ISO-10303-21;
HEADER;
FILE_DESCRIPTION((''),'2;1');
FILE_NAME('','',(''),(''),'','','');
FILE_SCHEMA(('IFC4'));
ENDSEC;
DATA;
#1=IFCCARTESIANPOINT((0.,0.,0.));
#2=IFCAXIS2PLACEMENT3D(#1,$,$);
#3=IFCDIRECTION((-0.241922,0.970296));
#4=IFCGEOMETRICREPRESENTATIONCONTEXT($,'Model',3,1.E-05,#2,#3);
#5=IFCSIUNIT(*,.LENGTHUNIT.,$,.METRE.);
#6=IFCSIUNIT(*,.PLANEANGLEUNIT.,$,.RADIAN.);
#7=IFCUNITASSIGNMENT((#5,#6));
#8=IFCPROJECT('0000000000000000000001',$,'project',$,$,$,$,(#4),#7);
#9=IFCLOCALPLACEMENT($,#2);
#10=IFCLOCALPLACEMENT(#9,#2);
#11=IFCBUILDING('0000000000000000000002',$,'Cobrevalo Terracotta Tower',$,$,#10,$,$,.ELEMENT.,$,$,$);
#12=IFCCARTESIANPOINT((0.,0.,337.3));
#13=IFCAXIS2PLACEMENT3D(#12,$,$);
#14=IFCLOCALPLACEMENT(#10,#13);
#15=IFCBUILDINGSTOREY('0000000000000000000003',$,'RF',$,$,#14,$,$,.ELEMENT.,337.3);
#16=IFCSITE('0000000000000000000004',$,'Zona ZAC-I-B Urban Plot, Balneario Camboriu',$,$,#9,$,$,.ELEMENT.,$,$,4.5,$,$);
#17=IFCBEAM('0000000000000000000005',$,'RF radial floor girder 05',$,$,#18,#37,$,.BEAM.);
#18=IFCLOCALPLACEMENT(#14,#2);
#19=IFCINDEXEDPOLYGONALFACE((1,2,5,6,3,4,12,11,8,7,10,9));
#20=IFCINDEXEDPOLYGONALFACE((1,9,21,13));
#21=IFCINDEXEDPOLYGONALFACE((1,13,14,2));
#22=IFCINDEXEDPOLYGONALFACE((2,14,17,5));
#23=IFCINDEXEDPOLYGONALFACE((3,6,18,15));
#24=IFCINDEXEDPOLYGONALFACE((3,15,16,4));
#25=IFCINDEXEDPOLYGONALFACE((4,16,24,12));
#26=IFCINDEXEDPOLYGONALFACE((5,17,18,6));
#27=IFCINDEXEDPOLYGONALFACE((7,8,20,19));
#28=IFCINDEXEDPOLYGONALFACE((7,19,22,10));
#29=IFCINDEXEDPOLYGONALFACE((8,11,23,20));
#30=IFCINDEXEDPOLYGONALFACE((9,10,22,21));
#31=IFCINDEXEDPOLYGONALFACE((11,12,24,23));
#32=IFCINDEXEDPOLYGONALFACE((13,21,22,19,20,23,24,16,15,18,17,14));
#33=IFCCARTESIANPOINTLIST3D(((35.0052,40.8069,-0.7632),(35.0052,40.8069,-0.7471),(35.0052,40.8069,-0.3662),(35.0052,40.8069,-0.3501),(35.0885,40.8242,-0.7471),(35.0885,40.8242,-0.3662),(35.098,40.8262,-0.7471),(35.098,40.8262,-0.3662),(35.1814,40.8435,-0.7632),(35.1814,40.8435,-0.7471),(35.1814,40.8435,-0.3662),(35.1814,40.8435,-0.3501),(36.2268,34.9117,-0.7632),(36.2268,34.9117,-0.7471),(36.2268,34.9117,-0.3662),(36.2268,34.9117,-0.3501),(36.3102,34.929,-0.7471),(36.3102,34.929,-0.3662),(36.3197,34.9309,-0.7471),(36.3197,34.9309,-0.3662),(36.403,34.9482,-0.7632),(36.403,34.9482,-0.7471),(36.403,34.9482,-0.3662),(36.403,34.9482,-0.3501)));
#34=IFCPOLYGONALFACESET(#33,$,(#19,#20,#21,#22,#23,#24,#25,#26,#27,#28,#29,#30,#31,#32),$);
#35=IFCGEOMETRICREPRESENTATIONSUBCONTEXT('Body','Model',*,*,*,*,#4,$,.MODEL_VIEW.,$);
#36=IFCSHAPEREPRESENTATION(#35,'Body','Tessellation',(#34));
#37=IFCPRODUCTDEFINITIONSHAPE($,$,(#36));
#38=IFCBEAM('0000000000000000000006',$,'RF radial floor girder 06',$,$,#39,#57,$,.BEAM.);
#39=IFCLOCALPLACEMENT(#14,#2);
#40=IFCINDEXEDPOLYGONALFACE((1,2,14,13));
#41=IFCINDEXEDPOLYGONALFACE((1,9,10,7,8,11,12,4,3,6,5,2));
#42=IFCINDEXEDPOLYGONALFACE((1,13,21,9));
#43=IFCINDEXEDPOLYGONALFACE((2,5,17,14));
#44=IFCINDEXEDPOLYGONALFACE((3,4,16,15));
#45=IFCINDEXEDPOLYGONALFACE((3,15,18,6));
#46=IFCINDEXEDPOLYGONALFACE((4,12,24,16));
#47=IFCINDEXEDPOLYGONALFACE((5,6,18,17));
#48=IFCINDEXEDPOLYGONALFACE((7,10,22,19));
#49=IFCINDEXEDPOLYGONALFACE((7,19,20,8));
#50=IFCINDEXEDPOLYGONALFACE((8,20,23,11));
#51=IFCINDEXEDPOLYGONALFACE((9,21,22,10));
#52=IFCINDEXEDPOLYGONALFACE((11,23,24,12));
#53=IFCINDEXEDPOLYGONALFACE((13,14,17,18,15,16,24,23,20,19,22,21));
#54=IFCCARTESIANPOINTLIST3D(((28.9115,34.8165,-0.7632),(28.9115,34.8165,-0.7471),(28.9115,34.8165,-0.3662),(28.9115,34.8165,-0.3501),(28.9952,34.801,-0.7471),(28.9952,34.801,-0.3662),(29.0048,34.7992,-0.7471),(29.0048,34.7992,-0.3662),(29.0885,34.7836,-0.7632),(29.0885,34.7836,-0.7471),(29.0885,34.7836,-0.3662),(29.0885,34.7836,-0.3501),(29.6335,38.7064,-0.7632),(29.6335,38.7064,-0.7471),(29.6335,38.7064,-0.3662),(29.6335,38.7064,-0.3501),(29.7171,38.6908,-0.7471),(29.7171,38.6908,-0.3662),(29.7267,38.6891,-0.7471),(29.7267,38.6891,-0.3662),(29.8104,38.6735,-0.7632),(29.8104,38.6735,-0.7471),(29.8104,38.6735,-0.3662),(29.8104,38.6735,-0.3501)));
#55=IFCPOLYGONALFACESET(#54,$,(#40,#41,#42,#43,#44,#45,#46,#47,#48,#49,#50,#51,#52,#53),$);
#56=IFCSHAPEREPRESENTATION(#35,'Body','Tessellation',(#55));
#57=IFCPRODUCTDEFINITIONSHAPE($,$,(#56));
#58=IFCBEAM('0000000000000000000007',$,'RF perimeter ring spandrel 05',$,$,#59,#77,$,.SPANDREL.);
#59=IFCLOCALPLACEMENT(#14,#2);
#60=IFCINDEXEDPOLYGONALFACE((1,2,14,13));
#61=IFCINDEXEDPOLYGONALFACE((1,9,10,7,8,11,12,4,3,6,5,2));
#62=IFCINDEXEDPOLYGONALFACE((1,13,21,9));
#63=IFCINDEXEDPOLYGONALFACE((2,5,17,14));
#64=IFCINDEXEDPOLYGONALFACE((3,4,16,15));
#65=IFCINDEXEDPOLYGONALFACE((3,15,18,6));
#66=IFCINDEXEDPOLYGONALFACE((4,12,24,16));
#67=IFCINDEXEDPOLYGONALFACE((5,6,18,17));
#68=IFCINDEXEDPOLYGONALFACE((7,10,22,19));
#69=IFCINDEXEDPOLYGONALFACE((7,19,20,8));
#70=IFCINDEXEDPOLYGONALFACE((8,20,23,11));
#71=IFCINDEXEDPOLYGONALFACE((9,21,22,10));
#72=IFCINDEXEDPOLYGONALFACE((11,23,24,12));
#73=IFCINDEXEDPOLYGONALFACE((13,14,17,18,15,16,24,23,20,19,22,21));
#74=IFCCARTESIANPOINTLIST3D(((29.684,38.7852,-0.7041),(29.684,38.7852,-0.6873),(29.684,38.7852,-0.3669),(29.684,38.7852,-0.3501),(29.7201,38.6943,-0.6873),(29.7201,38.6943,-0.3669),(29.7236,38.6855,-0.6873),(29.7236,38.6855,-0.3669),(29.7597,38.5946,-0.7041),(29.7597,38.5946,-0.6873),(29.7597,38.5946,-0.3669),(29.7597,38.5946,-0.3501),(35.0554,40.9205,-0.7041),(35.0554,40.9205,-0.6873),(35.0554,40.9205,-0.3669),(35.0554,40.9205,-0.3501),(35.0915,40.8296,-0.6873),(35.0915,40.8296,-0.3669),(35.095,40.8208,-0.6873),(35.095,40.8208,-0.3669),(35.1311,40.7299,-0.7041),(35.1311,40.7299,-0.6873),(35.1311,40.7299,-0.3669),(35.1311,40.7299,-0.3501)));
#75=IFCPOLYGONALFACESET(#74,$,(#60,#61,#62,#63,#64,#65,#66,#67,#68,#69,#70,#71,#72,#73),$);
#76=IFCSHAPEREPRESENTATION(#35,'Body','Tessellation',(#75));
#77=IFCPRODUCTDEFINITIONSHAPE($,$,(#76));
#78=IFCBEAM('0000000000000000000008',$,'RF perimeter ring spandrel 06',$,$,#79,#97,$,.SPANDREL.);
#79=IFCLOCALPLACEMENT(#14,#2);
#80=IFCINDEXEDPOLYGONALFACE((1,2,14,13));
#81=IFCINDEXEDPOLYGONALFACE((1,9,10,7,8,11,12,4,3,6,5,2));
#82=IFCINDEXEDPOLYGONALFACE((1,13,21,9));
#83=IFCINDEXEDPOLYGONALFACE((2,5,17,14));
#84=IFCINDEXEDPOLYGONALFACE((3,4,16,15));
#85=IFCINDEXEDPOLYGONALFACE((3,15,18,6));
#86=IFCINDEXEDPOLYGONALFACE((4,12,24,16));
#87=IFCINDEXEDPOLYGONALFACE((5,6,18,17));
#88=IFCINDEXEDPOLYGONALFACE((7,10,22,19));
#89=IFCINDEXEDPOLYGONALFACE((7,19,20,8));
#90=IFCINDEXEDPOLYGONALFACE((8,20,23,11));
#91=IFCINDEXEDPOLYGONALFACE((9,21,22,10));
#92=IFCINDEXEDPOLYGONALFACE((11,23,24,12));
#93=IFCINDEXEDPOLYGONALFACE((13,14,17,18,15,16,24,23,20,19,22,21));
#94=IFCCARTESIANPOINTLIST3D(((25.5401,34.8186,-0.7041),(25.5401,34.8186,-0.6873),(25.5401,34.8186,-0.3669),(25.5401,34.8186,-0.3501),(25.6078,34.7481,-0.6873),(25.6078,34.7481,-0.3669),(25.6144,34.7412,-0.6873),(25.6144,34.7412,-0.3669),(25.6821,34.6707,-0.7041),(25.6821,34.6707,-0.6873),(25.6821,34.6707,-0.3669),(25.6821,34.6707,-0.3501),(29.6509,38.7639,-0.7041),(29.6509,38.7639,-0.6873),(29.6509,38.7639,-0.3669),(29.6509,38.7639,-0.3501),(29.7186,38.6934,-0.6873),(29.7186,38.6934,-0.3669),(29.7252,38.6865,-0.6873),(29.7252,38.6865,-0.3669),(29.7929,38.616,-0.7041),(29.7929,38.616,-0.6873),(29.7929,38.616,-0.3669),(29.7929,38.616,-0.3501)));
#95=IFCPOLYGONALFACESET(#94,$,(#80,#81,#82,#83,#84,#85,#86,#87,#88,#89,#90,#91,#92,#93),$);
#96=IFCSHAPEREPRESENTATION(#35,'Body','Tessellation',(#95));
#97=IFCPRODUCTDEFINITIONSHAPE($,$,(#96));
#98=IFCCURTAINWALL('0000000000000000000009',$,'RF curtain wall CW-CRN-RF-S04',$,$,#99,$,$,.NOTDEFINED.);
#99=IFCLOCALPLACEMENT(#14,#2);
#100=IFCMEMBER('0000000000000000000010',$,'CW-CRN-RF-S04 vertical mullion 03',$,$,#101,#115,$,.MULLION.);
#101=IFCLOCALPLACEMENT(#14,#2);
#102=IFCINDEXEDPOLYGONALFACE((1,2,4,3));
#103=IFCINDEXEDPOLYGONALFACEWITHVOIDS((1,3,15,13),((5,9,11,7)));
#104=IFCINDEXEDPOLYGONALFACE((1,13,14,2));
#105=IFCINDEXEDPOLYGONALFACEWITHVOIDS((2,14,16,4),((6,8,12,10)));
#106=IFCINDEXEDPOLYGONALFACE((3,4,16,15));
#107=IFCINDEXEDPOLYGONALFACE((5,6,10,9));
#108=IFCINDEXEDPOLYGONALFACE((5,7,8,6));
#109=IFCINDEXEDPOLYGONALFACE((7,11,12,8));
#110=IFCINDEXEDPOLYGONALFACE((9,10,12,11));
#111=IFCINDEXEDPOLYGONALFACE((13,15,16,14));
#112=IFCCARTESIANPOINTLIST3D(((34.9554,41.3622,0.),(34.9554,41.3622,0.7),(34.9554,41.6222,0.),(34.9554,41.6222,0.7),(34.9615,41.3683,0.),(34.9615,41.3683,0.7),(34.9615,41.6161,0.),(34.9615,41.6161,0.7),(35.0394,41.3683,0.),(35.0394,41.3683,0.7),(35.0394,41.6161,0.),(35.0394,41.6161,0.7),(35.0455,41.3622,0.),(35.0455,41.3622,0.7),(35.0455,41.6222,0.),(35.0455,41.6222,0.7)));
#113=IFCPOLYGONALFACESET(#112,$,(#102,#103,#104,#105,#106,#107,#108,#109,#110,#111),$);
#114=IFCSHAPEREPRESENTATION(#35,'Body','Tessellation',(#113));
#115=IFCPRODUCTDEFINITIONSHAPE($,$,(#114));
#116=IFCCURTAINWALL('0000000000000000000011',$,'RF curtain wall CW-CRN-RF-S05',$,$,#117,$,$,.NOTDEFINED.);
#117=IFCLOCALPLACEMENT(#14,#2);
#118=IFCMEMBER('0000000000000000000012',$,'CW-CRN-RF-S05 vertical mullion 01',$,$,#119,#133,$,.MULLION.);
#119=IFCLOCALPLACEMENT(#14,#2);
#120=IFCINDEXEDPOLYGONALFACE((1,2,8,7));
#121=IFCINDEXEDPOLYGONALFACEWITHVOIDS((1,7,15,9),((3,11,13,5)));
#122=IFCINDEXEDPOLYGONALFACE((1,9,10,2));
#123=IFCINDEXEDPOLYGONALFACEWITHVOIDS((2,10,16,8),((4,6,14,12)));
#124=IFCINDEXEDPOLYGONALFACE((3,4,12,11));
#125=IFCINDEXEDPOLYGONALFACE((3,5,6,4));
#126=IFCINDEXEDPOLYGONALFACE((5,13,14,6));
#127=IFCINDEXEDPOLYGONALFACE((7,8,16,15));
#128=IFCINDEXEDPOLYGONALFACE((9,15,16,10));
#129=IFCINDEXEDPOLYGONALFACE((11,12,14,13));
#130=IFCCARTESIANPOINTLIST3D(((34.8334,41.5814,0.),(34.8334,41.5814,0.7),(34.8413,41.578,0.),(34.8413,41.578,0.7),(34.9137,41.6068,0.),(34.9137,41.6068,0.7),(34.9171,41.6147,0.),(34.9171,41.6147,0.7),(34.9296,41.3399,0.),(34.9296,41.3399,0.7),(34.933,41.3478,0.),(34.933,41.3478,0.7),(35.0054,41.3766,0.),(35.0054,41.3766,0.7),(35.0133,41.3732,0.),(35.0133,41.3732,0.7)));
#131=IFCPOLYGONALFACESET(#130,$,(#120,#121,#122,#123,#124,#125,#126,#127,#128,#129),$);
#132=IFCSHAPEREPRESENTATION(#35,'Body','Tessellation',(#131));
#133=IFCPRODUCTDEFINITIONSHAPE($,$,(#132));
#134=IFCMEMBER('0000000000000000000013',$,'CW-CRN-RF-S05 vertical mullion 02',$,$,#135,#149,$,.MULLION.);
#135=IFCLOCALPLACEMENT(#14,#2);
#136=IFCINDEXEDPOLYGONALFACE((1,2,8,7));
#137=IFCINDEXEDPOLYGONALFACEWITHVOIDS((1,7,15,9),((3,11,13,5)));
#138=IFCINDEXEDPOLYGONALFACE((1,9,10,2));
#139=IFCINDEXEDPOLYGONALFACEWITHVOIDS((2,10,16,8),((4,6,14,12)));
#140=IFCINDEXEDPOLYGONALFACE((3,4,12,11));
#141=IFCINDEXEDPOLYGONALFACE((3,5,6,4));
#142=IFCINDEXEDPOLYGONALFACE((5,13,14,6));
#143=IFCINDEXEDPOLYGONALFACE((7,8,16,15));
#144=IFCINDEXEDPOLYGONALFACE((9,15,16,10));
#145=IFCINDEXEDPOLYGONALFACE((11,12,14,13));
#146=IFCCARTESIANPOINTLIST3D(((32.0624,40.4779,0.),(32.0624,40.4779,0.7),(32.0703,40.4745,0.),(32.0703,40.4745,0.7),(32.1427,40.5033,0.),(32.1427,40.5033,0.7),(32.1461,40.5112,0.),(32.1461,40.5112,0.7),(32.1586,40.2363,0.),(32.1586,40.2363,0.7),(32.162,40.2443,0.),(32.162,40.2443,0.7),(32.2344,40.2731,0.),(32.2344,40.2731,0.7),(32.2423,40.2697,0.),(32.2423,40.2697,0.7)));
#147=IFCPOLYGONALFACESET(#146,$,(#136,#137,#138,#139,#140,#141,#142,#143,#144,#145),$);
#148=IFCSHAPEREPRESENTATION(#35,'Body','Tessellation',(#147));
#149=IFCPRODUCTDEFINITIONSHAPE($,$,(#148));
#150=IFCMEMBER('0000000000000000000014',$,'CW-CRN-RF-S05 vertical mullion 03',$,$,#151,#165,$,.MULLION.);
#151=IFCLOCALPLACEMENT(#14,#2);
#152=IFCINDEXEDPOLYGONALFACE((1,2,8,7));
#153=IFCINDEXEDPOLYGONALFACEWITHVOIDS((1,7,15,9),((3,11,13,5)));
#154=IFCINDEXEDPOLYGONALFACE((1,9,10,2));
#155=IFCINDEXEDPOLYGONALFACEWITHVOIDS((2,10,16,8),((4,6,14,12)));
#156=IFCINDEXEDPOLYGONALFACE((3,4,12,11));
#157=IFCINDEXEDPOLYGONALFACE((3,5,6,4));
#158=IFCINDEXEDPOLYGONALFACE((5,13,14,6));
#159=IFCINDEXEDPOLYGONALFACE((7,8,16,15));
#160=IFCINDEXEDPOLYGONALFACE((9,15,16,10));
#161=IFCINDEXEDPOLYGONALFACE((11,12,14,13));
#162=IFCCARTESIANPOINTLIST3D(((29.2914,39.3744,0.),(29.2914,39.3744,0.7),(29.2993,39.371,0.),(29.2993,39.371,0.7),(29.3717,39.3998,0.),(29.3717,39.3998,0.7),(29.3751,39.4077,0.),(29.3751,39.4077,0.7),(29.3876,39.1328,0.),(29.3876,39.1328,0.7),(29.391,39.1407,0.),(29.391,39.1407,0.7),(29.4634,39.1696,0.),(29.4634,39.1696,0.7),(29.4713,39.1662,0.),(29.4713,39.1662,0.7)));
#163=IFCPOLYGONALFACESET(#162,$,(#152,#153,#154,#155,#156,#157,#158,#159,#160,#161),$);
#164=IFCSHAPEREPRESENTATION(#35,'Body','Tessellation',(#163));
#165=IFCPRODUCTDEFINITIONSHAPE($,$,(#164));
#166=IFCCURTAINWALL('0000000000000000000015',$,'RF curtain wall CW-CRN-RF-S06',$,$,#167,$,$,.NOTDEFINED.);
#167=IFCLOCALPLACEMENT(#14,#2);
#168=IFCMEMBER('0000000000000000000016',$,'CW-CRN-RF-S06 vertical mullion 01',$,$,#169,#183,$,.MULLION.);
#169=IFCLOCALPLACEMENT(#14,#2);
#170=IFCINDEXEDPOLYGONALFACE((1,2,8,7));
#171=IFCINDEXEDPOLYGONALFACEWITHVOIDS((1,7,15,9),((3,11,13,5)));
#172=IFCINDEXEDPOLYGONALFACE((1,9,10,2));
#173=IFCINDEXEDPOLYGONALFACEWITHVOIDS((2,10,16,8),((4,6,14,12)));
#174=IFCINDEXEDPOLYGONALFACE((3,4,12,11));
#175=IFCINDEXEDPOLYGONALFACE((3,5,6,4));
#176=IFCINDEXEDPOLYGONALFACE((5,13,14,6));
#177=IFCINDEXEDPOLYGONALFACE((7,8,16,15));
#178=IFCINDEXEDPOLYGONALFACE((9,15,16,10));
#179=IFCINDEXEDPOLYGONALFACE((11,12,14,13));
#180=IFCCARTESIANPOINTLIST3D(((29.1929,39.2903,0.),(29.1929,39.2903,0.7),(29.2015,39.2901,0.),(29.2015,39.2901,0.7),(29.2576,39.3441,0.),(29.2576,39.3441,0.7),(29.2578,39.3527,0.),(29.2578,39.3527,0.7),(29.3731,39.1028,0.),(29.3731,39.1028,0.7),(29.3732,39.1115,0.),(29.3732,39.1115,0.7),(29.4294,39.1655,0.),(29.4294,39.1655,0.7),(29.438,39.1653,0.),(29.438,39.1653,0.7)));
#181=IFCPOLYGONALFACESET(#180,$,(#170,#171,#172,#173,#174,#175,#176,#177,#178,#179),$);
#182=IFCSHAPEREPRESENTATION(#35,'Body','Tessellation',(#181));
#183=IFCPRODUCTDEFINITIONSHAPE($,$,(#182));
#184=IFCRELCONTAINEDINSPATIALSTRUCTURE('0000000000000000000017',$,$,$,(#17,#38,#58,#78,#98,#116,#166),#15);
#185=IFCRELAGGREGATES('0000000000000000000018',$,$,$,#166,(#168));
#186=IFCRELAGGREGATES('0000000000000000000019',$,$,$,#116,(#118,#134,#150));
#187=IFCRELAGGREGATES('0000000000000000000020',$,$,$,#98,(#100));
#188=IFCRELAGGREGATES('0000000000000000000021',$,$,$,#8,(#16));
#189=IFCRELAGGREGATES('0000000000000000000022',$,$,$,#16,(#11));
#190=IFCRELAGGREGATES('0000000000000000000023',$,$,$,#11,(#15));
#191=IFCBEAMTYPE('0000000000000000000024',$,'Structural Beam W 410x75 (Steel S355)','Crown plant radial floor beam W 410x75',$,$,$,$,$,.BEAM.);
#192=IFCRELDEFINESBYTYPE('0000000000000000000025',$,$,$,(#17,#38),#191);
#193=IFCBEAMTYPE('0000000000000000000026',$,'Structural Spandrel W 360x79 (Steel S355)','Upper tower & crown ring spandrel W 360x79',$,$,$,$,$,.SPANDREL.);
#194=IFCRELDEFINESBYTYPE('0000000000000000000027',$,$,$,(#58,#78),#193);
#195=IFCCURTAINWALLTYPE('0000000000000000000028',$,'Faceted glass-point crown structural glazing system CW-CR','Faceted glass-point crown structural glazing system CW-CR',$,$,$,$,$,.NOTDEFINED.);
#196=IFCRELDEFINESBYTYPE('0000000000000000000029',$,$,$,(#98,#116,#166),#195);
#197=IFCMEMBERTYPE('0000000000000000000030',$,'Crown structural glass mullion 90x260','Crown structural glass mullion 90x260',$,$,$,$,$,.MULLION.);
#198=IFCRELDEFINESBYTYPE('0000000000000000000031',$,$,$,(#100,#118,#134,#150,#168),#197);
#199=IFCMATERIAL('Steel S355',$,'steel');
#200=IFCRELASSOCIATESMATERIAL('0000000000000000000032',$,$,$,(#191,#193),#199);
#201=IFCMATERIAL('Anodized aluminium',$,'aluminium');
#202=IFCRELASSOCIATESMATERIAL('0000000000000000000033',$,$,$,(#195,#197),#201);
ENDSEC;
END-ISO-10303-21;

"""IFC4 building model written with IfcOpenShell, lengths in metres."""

from ifc_helpers import new_model, si_unit, direction, frame, origin, origin_2d, place, context, subcontext, project, spatial, hollow_rectangle, i_section, extrude, source, transform, mapped, material, material_profile, profile_set, type_object, element, aggregate, save


model = new_model("IFC4")

# Units and contexts
model_context = context("Model", 3, precision=1e-05, world=origin(), true_north=direction((-0.241922, 0.970296)))
body_context = subcontext(model_context, "Body", "Model", "MODEL_VIEW")
ifc_project = project(units=[si_unit("LENGTHUNIT", "METRE"), si_unit("PLANEANGLEUNIT", "RADIAN")], contexts=[model_context])

# Site, building, storey
site_placement = place(None, origin())
site = spatial("IfcSite", under=ifc_project, at=site_placement, Name="Zona ZAC-I-B Urban Plot, Balneario Camboriu", CompositionType="ELEMENT", RefElevation=4.5)
building_placement = place(site_placement, origin())
building = spatial("IfcBuilding", under=site, at=building_placement, Name="Cobrevalo Terracotta Tower", CompositionType="ELEMENT")
storey_placement = place(building_placement, frame((0.0, 0.0, 337.3)))
storey = spatial("IfcBuildingStorey", under=building, at=storey_placement, Name="RF", CompositionType="ELEMENT", Elevation=337.3)

# Beams
ifc_material_1 = material(Name="Steel S355", Category="steel")
ifc_material_profile_1 = material_profile(ifc_material_1, i_section(OverallWidth=0.1799, OverallDepth=0.4131, WebThickness=0.0098, FlangeThickness=0.0161, at=origin_2d()), Name="W 410x75")
ifc_profile_set_1 = profile_set([ifc_material_profile_1], Name="Steel S355")
beam_type_1 = type_object("IfcBeamType", Name="Structural Beam W 410x75 (Steel S355)", Description="Crown plant radial floor beam W 410x75", PredefinedType="BEAM", material=ifc_profile_set_1)
beam_1_placement = place(storey_placement, frame((35.0933, 40.8252, -0.5566), z_axis=(0.202919, -0.979195, 0.0), x_axis=(0.979195, 0.202919, 0.0)))
element("IfcBeam", 1, at=beam_1_placement, inside=storey, type_object=beam_type_1, Name="RF radial floor girder 05", PredefinedType="BEAM", context=body_context, shape_type="SweptSolid", body=[
    extrude(i_section(OverallWidth=0.1799, OverallDepth=0.4131, WebThickness=0.0098, FlangeThickness=0.0161, at=origin_2d()), origin(), (0.0, 0.0, 1.0), 6.0205),
])
beam_2_placement = place(storey_placement, frame((29.7219, 38.6899, -0.5566), z_axis=(-0.182474, -0.983211, 0.0), x_axis=(0.983211, -0.182474, 0.0)))
element("IfcBeam", 2, at=beam_2_placement, inside=storey, type_object=beam_type_1, Name="RF radial floor girder 06", PredefinedType="BEAM", context=body_context, shape_type="SweptSolid", body=[
    extrude(i_section(OverallWidth=0.1799, OverallDepth=0.4131, WebThickness=0.0098, FlangeThickness=0.0161, at=origin_2d()), origin(), (0.0, 0.0, 1.0), 3.9563),
])
ifc_material_profile_2 = material_profile(ifc_material_1, i_section(OverallWidth=0.2051, OverallDepth=0.354, WebThickness=0.0095, FlangeThickness=0.0168, at=origin_2d()), Name="W 360x79")
ifc_profile_set_2 = profile_set([ifc_material_profile_2], Name="Steel S355")
beam_type_2 = type_object("IfcBeamType", Name="Structural Spandrel W 360x79 (Steel S355)", Description="Upper tower & crown ring spandrel W 360x79", PredefinedType="SPANDREL", material=ifc_profile_set_2)
beam_3_placement = place(storey_placement, frame((35.0933, 40.8252, -0.5271), z_axis=(-0.929267, -0.369409, 0.0), x_axis=(0.369409, -0.929267, 0.0)))
element("IfcBeam", 3, at=beam_3_placement, inside=storey, type_object=beam_type_2, Name="RF perimeter ring spandrel 05", PredefinedType="SPANDREL", context=body_context, shape_type="SweptSolid", body=[
    extrude(i_section(OverallWidth=0.2051, OverallDepth=0.354, WebThickness=0.0095, FlangeThickness=0.0168, at=origin_2d()), origin(), (0.0, 0.0, 1.0), 5.7803),
])
beam_4_placement = place(storey_placement, frame((29.7219, 38.6899, -0.5271), z_axis=(-0.721483, -0.692432, 0.0), x_axis=(0.692432, -0.721483, 0.0)))
element("IfcBeam", 4, at=beam_4_placement, inside=storey, type_object=beam_type_2, Name="RF perimeter ring spandrel 06", PredefinedType="SPANDREL", context=body_context, shape_type="SweptSolid", body=[
    extrude(i_section(OverallWidth=0.2051, OverallDepth=0.354, WebThickness=0.0095, FlangeThickness=0.0168, at=origin_2d()), origin(), (0.0, 0.0, 1.0), 5.6978),
])

# Curtain wall, member
ifc_material_2 = material(Name="Anodized aluminium", Category="aluminium")
curtain_wall_type = type_object("IfcCurtainWallType", Name="Faceted glass-point crown structural glazing system CW-CR", Description="Faceted glass-point crown structural glazing system CW-CR", PredefinedType="NOTDEFINED", material=ifc_material_2)
curtain_wall_1_placement = place(storey_placement, origin())
curtain_wall_1 = element("IfcCurtainWall", 5, at=curtain_wall_1_placement, inside=storey, type_object=curtain_wall_type, Name="RF curtain wall CW-CRN-RF-S04", PredefinedType="NOTDEFINED")
ifc_material_profile_3 = material_profile(ifc_material_2, hollow_rectangle(XDim=0.0901, YDim=0.26, WallThickness=0.0061, at=origin_2d()), Name="CWM 90x260")
ifc_profile_set_3 = profile_set([ifc_material_profile_3], Name="Anodized aluminium")
member_type_1 = type_object("IfcMemberType", Name="Crown structural glass mullion 90x260", Description="Crown structural glass mullion 90x260", PredefinedType="MULLION", material=ifc_profile_set_3)
shared_shape_1 = source(origin(), body_context, "Body", "SweptSolid", [
    extrude(hollow_rectangle(XDim=0.0901, YDim=0.26, WallThickness=0.0061, at=origin_2d()), origin(), (0.0, 0.0, 1.0), 0.7),
])
member_1_placement = place(storey_placement, frame((35.0005, 41.4922, 0.0), z_axis=(0.0, 0.0, 1.0), x_axis=(-1.0, 0.0, 0.0)))
member_1 = element("IfcMember", 6, at=member_1_placement, type_object=member_type_1, Name="CW-CRN-RF-S04 vertical mullion 03", PredefinedType="MULLION", context=body_context, shape_type="MappedRepresentation", body=[
    mapped(shared_shape_1, transform((0.0, 0.0, 0.0), scale=1.0)),
])

# Curtain walls, members
curtain_wall_2_placement = place(storey_placement, origin())
curtain_wall_2 = element("IfcCurtainWall", 7, at=curtain_wall_2_placement, inside=storey, type_object=curtain_wall_type, Name="RF curtain wall CW-CRN-RF-S05", PredefinedType="NOTDEFINED")
member_2_placement = place(storey_placement, frame((34.9233, 41.4773, 0.0), z_axis=(0.0, 0.0, 1.0), x_axis=(-0.929029, -0.370006, 0.0)))
member_2 = element("IfcMember", 8, at=member_2_placement, type_object=member_type_1, Name="CW-CRN-RF-S05 vertical mullion 01", PredefinedType="MULLION", context=body_context, shape_type="MappedRepresentation", body=[
    mapped(shared_shape_1, transform((0.0, 0.0, 0.0), scale=1.0)),
])
member_3_placement = place(storey_placement, frame((32.1523, 40.3738, 0.0), z_axis=(0.0, 0.0, 1.0), x_axis=(-0.929029, -0.370006, 0.0)))
member_3 = element("IfcMember", 9, at=member_3_placement, type_object=member_type_1, Name="CW-CRN-RF-S05 vertical mullion 02", PredefinedType="MULLION", context=body_context, shape_type="MappedRepresentation", body=[
    mapped(shared_shape_1, transform((0.0, 0.0, 0.0), scale=1.0)),
])
member_4_placement = place(storey_placement, frame((29.3813, 39.2703, 0.0), z_axis=(0.0, 0.0, 1.0), x_axis=(-0.929029, -0.370006, 0.0)))
member_4 = element("IfcMember", 10, at=member_4_placement, type_object=member_type_1, Name="CW-CRN-RF-S05 vertical mullion 03", PredefinedType="MULLION", context=body_context, shape_type="MappedRepresentation", body=[
    mapped(shared_shape_1, transform((0.0, 0.0, 0.0), scale=1.0)),
])
curtain_wall_3_placement = place(storey_placement, origin())
curtain_wall_3 = element("IfcCurtainWall", 11, at=curtain_wall_3_placement, inside=storey, type_object=curtain_wall_type, Name="RF curtain wall CW-CRN-RF-S06", PredefinedType="NOTDEFINED")
member_5_placement = place(storey_placement, frame((29.3154, 39.2278, 0.0), z_axis=(0.0, 0.0, 1.0), x_axis=(-0.720854, -0.693087, 0.0)))
member_5 = element("IfcMember", 12, at=member_5_placement, type_object=member_type_1, Name="CW-CRN-RF-S06 vertical mullion 01", PredefinedType="MULLION", context=body_context, shape_type="MappedRepresentation", body=[
    mapped(shared_shape_1, transform((0.0, 0.0, 0.0), scale=1.0)),
])

aggregate(curtain_wall_3, [member_5])
aggregate(curtain_wall_2, [member_2, member_3, member_4])
aggregate(curtain_wall_1, [member_1])

save(model, "model.ifc")
